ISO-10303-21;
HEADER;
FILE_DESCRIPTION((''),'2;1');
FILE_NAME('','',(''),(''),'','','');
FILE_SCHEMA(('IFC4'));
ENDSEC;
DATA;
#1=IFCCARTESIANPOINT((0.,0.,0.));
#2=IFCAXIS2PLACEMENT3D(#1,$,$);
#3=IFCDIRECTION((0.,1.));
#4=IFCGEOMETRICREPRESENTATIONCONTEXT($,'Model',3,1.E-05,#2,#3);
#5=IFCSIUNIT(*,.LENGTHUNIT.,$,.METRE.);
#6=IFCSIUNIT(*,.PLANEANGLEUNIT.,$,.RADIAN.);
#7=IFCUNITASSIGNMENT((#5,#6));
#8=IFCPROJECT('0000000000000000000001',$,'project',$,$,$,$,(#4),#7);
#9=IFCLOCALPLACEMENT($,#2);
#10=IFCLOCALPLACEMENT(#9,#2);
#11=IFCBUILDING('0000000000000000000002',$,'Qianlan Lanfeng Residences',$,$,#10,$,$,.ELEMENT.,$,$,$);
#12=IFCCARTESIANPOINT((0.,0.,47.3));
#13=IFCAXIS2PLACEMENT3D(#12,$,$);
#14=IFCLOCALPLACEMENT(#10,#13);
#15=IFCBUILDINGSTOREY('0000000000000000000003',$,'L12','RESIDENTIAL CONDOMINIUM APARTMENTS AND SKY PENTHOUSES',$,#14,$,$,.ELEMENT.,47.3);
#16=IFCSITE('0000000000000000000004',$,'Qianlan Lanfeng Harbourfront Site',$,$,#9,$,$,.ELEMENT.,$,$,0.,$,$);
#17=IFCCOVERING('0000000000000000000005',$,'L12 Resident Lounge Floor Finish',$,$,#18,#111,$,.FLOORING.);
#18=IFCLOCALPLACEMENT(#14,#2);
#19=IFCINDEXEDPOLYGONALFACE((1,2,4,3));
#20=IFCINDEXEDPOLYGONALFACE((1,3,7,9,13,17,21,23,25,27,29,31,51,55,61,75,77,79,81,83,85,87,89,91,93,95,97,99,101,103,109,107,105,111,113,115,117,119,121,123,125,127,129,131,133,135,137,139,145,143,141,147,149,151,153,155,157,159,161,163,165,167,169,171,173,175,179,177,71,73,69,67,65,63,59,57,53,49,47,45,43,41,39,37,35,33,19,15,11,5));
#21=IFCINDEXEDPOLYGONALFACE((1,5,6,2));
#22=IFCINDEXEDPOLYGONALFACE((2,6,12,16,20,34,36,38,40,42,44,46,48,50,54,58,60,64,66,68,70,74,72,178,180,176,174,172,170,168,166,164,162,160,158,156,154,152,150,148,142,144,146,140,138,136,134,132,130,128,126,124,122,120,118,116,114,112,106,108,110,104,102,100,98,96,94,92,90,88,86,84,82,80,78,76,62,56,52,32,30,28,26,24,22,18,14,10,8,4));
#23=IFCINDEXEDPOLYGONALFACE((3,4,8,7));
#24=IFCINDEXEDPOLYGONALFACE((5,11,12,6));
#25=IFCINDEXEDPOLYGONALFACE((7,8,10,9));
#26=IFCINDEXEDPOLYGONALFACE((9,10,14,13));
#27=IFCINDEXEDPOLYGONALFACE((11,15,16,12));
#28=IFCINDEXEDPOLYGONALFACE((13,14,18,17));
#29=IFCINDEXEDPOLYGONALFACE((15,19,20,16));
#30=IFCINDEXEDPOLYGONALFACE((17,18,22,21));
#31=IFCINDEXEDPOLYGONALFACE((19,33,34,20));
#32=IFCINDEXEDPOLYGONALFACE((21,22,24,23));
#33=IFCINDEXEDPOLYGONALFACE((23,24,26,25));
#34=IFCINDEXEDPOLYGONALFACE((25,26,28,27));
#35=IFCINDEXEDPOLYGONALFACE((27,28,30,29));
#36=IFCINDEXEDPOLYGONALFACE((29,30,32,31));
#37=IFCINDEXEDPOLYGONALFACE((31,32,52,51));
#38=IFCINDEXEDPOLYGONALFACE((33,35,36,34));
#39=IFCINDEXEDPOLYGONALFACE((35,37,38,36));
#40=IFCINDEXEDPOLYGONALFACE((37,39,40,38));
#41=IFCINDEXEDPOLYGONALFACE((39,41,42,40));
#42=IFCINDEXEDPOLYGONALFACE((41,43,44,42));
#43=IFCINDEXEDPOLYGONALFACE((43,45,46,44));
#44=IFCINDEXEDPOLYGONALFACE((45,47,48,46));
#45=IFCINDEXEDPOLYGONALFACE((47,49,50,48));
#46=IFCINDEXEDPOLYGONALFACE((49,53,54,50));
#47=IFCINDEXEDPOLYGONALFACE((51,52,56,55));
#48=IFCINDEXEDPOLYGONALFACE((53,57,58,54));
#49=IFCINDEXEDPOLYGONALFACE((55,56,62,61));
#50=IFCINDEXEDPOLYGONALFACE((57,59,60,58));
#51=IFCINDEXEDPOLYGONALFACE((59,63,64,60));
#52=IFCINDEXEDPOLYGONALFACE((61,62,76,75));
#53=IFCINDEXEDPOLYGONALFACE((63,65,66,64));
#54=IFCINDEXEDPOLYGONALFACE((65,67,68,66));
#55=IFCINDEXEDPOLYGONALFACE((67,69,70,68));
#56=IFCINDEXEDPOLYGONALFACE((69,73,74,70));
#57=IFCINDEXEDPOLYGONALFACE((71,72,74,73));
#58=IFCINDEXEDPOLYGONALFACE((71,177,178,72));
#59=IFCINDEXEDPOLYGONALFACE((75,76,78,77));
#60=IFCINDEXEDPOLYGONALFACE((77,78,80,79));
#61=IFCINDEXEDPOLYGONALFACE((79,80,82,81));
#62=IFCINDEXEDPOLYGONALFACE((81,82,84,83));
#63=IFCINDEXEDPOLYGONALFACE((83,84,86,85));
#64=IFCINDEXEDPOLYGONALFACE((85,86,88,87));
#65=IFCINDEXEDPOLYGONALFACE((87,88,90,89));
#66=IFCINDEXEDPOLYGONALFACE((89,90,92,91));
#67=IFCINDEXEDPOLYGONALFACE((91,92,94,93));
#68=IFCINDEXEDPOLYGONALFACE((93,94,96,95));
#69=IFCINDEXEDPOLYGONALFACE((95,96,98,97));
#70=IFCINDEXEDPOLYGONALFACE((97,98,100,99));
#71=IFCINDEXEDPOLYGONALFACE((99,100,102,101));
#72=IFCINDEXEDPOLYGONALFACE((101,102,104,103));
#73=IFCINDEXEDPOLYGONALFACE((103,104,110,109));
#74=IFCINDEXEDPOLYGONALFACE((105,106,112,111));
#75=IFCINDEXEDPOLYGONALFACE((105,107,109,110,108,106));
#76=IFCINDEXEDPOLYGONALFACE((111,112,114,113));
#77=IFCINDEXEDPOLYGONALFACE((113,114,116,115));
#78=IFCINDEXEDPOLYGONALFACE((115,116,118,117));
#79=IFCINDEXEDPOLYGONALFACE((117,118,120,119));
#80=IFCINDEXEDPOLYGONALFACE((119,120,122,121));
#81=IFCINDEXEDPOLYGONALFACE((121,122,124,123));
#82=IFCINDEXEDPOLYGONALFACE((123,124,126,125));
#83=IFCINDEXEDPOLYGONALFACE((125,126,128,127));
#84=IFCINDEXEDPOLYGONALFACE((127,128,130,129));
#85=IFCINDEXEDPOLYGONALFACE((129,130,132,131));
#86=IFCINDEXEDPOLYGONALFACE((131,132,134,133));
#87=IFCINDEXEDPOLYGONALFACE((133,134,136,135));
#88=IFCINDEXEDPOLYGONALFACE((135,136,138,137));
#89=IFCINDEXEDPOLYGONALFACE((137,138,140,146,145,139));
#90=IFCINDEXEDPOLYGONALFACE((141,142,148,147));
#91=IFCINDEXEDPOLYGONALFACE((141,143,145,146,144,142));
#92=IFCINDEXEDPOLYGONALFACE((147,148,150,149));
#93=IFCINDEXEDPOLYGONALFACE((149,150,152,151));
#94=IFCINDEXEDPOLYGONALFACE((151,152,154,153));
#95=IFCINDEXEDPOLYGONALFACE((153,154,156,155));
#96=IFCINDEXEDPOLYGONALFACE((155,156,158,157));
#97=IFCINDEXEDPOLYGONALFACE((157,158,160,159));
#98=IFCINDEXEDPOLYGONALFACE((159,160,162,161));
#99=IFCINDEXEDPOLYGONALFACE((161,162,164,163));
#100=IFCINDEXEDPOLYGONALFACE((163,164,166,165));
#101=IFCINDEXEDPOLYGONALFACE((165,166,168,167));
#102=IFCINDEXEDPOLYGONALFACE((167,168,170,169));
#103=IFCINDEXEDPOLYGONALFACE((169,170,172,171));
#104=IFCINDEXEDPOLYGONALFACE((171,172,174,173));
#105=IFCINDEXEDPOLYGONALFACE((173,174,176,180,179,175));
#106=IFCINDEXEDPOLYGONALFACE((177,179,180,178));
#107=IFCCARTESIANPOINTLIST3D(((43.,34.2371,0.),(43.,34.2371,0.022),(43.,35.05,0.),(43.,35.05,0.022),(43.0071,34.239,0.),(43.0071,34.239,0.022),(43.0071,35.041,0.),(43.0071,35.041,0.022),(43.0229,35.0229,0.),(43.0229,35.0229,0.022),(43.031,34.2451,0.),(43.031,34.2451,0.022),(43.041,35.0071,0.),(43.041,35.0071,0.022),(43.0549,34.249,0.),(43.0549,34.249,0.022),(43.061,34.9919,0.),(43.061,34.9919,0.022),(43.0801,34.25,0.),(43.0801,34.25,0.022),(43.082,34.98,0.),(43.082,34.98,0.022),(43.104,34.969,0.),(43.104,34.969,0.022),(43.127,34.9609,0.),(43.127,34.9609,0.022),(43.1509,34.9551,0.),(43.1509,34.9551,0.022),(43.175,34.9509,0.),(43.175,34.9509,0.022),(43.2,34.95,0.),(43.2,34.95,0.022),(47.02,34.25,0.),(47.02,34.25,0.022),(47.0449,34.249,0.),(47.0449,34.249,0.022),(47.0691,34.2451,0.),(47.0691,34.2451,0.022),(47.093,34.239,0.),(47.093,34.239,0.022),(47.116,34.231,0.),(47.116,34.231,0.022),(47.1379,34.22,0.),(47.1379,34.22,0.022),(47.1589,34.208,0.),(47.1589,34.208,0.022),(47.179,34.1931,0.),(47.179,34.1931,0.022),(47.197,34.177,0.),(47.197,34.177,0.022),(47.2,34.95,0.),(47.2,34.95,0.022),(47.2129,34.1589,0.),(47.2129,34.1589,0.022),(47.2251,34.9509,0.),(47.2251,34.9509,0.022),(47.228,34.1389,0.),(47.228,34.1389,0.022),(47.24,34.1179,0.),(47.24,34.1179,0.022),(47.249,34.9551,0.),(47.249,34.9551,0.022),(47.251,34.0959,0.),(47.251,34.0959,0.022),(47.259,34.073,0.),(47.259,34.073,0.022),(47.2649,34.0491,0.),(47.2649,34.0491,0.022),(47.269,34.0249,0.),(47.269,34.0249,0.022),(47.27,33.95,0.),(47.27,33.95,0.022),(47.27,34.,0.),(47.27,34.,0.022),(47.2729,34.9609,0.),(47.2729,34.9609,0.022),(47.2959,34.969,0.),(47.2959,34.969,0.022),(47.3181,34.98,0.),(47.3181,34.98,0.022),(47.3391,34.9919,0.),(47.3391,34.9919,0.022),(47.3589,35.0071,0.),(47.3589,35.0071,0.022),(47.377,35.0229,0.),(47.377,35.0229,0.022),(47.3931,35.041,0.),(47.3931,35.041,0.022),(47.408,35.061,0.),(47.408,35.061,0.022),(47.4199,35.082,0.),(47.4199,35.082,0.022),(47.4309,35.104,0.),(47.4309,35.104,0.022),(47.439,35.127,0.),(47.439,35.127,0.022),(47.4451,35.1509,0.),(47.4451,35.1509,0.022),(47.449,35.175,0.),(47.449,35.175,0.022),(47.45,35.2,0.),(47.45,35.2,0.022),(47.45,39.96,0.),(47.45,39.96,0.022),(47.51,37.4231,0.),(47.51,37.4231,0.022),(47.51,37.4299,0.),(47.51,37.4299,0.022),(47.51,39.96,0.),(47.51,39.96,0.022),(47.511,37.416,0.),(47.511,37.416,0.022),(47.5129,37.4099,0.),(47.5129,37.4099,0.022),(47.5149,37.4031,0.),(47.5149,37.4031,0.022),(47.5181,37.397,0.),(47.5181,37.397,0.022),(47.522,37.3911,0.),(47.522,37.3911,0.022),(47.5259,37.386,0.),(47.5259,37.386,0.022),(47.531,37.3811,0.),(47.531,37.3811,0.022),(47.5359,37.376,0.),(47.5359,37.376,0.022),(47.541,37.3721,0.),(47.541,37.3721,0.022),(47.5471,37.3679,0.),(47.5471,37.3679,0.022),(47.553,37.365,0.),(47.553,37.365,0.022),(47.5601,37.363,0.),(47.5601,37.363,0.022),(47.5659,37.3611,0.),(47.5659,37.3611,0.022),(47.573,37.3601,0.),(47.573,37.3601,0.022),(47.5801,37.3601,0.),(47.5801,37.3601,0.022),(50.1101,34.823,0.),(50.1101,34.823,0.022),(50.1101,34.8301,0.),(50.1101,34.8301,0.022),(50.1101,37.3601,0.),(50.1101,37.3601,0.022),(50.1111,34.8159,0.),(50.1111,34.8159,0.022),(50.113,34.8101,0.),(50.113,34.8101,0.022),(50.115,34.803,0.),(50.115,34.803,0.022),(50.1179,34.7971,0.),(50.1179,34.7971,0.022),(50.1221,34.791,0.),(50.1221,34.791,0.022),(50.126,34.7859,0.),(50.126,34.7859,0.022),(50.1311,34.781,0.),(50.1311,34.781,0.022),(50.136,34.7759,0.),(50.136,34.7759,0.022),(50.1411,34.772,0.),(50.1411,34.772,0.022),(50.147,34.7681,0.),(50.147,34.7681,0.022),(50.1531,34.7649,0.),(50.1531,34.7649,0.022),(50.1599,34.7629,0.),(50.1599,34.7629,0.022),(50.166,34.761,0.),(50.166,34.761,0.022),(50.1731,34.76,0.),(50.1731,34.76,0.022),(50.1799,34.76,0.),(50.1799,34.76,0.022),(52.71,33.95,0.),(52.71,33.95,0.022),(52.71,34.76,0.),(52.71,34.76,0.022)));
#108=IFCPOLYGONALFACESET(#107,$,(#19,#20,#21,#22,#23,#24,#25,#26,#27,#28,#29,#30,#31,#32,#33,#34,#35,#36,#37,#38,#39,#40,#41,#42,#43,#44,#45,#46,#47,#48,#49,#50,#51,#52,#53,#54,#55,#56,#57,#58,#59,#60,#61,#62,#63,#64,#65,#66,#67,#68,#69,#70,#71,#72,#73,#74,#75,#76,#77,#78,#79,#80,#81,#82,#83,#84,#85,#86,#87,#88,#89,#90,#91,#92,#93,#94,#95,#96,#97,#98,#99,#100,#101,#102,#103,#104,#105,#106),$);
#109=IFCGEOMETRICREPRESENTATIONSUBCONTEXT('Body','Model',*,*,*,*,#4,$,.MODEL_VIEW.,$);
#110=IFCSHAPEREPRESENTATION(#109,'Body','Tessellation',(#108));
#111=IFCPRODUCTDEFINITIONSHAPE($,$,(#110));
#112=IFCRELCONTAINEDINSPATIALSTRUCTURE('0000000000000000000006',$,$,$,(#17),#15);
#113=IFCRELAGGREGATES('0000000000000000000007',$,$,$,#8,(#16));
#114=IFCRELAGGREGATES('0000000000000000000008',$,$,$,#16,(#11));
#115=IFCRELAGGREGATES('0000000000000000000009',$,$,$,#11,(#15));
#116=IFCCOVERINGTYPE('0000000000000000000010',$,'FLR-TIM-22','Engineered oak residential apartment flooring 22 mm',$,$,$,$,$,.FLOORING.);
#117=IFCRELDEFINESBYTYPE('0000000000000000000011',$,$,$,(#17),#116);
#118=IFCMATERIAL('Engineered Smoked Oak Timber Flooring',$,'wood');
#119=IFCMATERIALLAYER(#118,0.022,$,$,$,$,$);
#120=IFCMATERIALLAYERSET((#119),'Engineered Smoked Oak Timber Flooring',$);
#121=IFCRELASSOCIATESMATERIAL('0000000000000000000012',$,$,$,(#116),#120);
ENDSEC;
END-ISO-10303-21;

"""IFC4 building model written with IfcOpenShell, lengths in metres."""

from ifc_helpers import new_model, si_unit, direction, frame, origin, place, context, subcontext, project, spatial, polyline, outline, extrude, material, layer, layer_set, type_object, element, save


model = new_model("IFC4")

# Units and contexts
model_context = context("Model", 3, precision=1e-05, world=origin(), true_north=direction((0.0, 1.0)))
body_context = subcontext(model_context, "Body", "Model", "MODEL_VIEW")
ifc_project = project(units=[si_unit("LENGTHUNIT", "METRE"), si_unit("PLANEANGLEUNIT", "RADIAN")], contexts=[model_context])

# Site, building, storey
site_placement = place(None, origin())
site = spatial("IfcSite", under=ifc_project, at=site_placement, Name="Qianlan Lanfeng Harbourfront Site", CompositionType="ELEMENT", RefElevation=0.0)
building_placement = place(site_placement, origin())
building = spatial("IfcBuilding", under=site, at=building_placement, Name="Qianlan Lanfeng Residences", CompositionType="ELEMENT")
storey_placement = place(building_placement, frame((0.0, 0.0, 47.3)))
storey = spatial("IfcBuildingStorey", under=building, at=storey_placement, Name="L12", Description="RESIDENTIAL CONDOMINIUM APARTMENTS AND SKY PENTHOUSES", CompositionType="ELEMENT", Elevation=47.3)

# Covering
ifc_material_1 = material(Name="Engineered Smoked Oak Timber Flooring", Category="wood")
ifc_layer_1 = layer(ifc_material_1, 0.022)
ifc_layer_set_1 = layer_set([ifc_layer_1], Name="Engineered Smoked Oak Timber Flooring")
covering_type_1 = type_object("IfcCoveringType", Name="FLR-TIM-22", Description="Engineered oak residential apartment flooring 22 mm", PredefinedType="FLOORING", material=ifc_layer_set_1)
covering_1_placement = place(storey_placement, origin())
element("IfcCovering", 1, at=covering_1_placement, inside=storey, type_object=covering_type_1, Name="L12 Resident Lounge Floor Finish", PredefinedType="FLOORING", context=body_context, shape_type="SweptSolid", body=[
    extrude(outline(polyline([(43.0, 34.2371), (43.0071, 34.239), (43.031, 34.2451), (43.0549, 34.249), (43.0801, 34.25), (47.02, 34.25), (47.0449, 34.249), (47.0691, 34.2451), (47.093, 34.239), (47.116, 34.231), (47.1379, 34.22), (47.1589, 34.208), (47.179, 34.1931), (47.197, 34.177), (47.2129, 34.1589), (47.228, 34.1389), (47.24, 34.1179), (47.251, 34.0959), (47.259, 34.073), (47.2649, 34.0491), (47.269, 34.0249), (47.27, 34.0), (47.27, 33.95), (52.71, 33.95), (52.71, 34.76), (50.1799, 34.76), (50.1731, 34.76), (50.166, 34.761), (50.1599, 34.7629), (50.1531, 34.7649), (50.147, 34.7681), (50.1411, 34.772), (50.136, 34.7759), (50.1311, 34.781), (50.126, 34.7859), (50.1221, 34.791), (50.1179, 34.7971), (50.115, 34.803), (50.113, 34.8101), (50.1111, 34.8159), (50.1101, 34.823), (50.1101, 34.8301), (50.1101, 37.3601), (47.5801, 37.3601), (47.573, 37.3601), (47.5659, 37.3611), (47.5601, 37.363), (47.553, 37.365), (47.5471, 37.3679), (47.541, 37.3721), (47.5359, 37.376), (47.531, 37.3811), (47.5259, 37.386), (47.522, 37.3911), (47.5181, 37.397), (47.5149, 37.4031), (47.5129, 37.4099), (47.511, 37.416), (47.51, 37.4231), (47.51, 37.4299), (47.51, 39.96), (47.45, 39.96), (47.45, 35.2), (47.449, 35.175), (47.4451, 35.1509), (47.439, 35.127), (47.4309, 35.104), (47.4199, 35.082), (47.408, 35.061), (47.3931, 35.041), (47.377, 35.0229), (47.3589, 35.0071), (47.3391, 34.9919), (47.3181, 34.98), (47.2959, 34.969), (47.2729, 34.9609), (47.249, 34.9551), (47.2251, 34.9509), (47.2, 34.95), (43.2, 34.95), (43.175, 34.9509), (43.1509, 34.9551), (43.127, 34.9609), (43.104, 34.969), (43.082, 34.98), (43.061, 34.9919), (43.041, 35.0071), (43.0229, 35.0229), (43.0071, 35.041), (43.0, 35.05), (43.0, 34.2371)])), origin(), (0.0, 0.0, 1.0), 0.022),
])

save(model, "model.ifc")
